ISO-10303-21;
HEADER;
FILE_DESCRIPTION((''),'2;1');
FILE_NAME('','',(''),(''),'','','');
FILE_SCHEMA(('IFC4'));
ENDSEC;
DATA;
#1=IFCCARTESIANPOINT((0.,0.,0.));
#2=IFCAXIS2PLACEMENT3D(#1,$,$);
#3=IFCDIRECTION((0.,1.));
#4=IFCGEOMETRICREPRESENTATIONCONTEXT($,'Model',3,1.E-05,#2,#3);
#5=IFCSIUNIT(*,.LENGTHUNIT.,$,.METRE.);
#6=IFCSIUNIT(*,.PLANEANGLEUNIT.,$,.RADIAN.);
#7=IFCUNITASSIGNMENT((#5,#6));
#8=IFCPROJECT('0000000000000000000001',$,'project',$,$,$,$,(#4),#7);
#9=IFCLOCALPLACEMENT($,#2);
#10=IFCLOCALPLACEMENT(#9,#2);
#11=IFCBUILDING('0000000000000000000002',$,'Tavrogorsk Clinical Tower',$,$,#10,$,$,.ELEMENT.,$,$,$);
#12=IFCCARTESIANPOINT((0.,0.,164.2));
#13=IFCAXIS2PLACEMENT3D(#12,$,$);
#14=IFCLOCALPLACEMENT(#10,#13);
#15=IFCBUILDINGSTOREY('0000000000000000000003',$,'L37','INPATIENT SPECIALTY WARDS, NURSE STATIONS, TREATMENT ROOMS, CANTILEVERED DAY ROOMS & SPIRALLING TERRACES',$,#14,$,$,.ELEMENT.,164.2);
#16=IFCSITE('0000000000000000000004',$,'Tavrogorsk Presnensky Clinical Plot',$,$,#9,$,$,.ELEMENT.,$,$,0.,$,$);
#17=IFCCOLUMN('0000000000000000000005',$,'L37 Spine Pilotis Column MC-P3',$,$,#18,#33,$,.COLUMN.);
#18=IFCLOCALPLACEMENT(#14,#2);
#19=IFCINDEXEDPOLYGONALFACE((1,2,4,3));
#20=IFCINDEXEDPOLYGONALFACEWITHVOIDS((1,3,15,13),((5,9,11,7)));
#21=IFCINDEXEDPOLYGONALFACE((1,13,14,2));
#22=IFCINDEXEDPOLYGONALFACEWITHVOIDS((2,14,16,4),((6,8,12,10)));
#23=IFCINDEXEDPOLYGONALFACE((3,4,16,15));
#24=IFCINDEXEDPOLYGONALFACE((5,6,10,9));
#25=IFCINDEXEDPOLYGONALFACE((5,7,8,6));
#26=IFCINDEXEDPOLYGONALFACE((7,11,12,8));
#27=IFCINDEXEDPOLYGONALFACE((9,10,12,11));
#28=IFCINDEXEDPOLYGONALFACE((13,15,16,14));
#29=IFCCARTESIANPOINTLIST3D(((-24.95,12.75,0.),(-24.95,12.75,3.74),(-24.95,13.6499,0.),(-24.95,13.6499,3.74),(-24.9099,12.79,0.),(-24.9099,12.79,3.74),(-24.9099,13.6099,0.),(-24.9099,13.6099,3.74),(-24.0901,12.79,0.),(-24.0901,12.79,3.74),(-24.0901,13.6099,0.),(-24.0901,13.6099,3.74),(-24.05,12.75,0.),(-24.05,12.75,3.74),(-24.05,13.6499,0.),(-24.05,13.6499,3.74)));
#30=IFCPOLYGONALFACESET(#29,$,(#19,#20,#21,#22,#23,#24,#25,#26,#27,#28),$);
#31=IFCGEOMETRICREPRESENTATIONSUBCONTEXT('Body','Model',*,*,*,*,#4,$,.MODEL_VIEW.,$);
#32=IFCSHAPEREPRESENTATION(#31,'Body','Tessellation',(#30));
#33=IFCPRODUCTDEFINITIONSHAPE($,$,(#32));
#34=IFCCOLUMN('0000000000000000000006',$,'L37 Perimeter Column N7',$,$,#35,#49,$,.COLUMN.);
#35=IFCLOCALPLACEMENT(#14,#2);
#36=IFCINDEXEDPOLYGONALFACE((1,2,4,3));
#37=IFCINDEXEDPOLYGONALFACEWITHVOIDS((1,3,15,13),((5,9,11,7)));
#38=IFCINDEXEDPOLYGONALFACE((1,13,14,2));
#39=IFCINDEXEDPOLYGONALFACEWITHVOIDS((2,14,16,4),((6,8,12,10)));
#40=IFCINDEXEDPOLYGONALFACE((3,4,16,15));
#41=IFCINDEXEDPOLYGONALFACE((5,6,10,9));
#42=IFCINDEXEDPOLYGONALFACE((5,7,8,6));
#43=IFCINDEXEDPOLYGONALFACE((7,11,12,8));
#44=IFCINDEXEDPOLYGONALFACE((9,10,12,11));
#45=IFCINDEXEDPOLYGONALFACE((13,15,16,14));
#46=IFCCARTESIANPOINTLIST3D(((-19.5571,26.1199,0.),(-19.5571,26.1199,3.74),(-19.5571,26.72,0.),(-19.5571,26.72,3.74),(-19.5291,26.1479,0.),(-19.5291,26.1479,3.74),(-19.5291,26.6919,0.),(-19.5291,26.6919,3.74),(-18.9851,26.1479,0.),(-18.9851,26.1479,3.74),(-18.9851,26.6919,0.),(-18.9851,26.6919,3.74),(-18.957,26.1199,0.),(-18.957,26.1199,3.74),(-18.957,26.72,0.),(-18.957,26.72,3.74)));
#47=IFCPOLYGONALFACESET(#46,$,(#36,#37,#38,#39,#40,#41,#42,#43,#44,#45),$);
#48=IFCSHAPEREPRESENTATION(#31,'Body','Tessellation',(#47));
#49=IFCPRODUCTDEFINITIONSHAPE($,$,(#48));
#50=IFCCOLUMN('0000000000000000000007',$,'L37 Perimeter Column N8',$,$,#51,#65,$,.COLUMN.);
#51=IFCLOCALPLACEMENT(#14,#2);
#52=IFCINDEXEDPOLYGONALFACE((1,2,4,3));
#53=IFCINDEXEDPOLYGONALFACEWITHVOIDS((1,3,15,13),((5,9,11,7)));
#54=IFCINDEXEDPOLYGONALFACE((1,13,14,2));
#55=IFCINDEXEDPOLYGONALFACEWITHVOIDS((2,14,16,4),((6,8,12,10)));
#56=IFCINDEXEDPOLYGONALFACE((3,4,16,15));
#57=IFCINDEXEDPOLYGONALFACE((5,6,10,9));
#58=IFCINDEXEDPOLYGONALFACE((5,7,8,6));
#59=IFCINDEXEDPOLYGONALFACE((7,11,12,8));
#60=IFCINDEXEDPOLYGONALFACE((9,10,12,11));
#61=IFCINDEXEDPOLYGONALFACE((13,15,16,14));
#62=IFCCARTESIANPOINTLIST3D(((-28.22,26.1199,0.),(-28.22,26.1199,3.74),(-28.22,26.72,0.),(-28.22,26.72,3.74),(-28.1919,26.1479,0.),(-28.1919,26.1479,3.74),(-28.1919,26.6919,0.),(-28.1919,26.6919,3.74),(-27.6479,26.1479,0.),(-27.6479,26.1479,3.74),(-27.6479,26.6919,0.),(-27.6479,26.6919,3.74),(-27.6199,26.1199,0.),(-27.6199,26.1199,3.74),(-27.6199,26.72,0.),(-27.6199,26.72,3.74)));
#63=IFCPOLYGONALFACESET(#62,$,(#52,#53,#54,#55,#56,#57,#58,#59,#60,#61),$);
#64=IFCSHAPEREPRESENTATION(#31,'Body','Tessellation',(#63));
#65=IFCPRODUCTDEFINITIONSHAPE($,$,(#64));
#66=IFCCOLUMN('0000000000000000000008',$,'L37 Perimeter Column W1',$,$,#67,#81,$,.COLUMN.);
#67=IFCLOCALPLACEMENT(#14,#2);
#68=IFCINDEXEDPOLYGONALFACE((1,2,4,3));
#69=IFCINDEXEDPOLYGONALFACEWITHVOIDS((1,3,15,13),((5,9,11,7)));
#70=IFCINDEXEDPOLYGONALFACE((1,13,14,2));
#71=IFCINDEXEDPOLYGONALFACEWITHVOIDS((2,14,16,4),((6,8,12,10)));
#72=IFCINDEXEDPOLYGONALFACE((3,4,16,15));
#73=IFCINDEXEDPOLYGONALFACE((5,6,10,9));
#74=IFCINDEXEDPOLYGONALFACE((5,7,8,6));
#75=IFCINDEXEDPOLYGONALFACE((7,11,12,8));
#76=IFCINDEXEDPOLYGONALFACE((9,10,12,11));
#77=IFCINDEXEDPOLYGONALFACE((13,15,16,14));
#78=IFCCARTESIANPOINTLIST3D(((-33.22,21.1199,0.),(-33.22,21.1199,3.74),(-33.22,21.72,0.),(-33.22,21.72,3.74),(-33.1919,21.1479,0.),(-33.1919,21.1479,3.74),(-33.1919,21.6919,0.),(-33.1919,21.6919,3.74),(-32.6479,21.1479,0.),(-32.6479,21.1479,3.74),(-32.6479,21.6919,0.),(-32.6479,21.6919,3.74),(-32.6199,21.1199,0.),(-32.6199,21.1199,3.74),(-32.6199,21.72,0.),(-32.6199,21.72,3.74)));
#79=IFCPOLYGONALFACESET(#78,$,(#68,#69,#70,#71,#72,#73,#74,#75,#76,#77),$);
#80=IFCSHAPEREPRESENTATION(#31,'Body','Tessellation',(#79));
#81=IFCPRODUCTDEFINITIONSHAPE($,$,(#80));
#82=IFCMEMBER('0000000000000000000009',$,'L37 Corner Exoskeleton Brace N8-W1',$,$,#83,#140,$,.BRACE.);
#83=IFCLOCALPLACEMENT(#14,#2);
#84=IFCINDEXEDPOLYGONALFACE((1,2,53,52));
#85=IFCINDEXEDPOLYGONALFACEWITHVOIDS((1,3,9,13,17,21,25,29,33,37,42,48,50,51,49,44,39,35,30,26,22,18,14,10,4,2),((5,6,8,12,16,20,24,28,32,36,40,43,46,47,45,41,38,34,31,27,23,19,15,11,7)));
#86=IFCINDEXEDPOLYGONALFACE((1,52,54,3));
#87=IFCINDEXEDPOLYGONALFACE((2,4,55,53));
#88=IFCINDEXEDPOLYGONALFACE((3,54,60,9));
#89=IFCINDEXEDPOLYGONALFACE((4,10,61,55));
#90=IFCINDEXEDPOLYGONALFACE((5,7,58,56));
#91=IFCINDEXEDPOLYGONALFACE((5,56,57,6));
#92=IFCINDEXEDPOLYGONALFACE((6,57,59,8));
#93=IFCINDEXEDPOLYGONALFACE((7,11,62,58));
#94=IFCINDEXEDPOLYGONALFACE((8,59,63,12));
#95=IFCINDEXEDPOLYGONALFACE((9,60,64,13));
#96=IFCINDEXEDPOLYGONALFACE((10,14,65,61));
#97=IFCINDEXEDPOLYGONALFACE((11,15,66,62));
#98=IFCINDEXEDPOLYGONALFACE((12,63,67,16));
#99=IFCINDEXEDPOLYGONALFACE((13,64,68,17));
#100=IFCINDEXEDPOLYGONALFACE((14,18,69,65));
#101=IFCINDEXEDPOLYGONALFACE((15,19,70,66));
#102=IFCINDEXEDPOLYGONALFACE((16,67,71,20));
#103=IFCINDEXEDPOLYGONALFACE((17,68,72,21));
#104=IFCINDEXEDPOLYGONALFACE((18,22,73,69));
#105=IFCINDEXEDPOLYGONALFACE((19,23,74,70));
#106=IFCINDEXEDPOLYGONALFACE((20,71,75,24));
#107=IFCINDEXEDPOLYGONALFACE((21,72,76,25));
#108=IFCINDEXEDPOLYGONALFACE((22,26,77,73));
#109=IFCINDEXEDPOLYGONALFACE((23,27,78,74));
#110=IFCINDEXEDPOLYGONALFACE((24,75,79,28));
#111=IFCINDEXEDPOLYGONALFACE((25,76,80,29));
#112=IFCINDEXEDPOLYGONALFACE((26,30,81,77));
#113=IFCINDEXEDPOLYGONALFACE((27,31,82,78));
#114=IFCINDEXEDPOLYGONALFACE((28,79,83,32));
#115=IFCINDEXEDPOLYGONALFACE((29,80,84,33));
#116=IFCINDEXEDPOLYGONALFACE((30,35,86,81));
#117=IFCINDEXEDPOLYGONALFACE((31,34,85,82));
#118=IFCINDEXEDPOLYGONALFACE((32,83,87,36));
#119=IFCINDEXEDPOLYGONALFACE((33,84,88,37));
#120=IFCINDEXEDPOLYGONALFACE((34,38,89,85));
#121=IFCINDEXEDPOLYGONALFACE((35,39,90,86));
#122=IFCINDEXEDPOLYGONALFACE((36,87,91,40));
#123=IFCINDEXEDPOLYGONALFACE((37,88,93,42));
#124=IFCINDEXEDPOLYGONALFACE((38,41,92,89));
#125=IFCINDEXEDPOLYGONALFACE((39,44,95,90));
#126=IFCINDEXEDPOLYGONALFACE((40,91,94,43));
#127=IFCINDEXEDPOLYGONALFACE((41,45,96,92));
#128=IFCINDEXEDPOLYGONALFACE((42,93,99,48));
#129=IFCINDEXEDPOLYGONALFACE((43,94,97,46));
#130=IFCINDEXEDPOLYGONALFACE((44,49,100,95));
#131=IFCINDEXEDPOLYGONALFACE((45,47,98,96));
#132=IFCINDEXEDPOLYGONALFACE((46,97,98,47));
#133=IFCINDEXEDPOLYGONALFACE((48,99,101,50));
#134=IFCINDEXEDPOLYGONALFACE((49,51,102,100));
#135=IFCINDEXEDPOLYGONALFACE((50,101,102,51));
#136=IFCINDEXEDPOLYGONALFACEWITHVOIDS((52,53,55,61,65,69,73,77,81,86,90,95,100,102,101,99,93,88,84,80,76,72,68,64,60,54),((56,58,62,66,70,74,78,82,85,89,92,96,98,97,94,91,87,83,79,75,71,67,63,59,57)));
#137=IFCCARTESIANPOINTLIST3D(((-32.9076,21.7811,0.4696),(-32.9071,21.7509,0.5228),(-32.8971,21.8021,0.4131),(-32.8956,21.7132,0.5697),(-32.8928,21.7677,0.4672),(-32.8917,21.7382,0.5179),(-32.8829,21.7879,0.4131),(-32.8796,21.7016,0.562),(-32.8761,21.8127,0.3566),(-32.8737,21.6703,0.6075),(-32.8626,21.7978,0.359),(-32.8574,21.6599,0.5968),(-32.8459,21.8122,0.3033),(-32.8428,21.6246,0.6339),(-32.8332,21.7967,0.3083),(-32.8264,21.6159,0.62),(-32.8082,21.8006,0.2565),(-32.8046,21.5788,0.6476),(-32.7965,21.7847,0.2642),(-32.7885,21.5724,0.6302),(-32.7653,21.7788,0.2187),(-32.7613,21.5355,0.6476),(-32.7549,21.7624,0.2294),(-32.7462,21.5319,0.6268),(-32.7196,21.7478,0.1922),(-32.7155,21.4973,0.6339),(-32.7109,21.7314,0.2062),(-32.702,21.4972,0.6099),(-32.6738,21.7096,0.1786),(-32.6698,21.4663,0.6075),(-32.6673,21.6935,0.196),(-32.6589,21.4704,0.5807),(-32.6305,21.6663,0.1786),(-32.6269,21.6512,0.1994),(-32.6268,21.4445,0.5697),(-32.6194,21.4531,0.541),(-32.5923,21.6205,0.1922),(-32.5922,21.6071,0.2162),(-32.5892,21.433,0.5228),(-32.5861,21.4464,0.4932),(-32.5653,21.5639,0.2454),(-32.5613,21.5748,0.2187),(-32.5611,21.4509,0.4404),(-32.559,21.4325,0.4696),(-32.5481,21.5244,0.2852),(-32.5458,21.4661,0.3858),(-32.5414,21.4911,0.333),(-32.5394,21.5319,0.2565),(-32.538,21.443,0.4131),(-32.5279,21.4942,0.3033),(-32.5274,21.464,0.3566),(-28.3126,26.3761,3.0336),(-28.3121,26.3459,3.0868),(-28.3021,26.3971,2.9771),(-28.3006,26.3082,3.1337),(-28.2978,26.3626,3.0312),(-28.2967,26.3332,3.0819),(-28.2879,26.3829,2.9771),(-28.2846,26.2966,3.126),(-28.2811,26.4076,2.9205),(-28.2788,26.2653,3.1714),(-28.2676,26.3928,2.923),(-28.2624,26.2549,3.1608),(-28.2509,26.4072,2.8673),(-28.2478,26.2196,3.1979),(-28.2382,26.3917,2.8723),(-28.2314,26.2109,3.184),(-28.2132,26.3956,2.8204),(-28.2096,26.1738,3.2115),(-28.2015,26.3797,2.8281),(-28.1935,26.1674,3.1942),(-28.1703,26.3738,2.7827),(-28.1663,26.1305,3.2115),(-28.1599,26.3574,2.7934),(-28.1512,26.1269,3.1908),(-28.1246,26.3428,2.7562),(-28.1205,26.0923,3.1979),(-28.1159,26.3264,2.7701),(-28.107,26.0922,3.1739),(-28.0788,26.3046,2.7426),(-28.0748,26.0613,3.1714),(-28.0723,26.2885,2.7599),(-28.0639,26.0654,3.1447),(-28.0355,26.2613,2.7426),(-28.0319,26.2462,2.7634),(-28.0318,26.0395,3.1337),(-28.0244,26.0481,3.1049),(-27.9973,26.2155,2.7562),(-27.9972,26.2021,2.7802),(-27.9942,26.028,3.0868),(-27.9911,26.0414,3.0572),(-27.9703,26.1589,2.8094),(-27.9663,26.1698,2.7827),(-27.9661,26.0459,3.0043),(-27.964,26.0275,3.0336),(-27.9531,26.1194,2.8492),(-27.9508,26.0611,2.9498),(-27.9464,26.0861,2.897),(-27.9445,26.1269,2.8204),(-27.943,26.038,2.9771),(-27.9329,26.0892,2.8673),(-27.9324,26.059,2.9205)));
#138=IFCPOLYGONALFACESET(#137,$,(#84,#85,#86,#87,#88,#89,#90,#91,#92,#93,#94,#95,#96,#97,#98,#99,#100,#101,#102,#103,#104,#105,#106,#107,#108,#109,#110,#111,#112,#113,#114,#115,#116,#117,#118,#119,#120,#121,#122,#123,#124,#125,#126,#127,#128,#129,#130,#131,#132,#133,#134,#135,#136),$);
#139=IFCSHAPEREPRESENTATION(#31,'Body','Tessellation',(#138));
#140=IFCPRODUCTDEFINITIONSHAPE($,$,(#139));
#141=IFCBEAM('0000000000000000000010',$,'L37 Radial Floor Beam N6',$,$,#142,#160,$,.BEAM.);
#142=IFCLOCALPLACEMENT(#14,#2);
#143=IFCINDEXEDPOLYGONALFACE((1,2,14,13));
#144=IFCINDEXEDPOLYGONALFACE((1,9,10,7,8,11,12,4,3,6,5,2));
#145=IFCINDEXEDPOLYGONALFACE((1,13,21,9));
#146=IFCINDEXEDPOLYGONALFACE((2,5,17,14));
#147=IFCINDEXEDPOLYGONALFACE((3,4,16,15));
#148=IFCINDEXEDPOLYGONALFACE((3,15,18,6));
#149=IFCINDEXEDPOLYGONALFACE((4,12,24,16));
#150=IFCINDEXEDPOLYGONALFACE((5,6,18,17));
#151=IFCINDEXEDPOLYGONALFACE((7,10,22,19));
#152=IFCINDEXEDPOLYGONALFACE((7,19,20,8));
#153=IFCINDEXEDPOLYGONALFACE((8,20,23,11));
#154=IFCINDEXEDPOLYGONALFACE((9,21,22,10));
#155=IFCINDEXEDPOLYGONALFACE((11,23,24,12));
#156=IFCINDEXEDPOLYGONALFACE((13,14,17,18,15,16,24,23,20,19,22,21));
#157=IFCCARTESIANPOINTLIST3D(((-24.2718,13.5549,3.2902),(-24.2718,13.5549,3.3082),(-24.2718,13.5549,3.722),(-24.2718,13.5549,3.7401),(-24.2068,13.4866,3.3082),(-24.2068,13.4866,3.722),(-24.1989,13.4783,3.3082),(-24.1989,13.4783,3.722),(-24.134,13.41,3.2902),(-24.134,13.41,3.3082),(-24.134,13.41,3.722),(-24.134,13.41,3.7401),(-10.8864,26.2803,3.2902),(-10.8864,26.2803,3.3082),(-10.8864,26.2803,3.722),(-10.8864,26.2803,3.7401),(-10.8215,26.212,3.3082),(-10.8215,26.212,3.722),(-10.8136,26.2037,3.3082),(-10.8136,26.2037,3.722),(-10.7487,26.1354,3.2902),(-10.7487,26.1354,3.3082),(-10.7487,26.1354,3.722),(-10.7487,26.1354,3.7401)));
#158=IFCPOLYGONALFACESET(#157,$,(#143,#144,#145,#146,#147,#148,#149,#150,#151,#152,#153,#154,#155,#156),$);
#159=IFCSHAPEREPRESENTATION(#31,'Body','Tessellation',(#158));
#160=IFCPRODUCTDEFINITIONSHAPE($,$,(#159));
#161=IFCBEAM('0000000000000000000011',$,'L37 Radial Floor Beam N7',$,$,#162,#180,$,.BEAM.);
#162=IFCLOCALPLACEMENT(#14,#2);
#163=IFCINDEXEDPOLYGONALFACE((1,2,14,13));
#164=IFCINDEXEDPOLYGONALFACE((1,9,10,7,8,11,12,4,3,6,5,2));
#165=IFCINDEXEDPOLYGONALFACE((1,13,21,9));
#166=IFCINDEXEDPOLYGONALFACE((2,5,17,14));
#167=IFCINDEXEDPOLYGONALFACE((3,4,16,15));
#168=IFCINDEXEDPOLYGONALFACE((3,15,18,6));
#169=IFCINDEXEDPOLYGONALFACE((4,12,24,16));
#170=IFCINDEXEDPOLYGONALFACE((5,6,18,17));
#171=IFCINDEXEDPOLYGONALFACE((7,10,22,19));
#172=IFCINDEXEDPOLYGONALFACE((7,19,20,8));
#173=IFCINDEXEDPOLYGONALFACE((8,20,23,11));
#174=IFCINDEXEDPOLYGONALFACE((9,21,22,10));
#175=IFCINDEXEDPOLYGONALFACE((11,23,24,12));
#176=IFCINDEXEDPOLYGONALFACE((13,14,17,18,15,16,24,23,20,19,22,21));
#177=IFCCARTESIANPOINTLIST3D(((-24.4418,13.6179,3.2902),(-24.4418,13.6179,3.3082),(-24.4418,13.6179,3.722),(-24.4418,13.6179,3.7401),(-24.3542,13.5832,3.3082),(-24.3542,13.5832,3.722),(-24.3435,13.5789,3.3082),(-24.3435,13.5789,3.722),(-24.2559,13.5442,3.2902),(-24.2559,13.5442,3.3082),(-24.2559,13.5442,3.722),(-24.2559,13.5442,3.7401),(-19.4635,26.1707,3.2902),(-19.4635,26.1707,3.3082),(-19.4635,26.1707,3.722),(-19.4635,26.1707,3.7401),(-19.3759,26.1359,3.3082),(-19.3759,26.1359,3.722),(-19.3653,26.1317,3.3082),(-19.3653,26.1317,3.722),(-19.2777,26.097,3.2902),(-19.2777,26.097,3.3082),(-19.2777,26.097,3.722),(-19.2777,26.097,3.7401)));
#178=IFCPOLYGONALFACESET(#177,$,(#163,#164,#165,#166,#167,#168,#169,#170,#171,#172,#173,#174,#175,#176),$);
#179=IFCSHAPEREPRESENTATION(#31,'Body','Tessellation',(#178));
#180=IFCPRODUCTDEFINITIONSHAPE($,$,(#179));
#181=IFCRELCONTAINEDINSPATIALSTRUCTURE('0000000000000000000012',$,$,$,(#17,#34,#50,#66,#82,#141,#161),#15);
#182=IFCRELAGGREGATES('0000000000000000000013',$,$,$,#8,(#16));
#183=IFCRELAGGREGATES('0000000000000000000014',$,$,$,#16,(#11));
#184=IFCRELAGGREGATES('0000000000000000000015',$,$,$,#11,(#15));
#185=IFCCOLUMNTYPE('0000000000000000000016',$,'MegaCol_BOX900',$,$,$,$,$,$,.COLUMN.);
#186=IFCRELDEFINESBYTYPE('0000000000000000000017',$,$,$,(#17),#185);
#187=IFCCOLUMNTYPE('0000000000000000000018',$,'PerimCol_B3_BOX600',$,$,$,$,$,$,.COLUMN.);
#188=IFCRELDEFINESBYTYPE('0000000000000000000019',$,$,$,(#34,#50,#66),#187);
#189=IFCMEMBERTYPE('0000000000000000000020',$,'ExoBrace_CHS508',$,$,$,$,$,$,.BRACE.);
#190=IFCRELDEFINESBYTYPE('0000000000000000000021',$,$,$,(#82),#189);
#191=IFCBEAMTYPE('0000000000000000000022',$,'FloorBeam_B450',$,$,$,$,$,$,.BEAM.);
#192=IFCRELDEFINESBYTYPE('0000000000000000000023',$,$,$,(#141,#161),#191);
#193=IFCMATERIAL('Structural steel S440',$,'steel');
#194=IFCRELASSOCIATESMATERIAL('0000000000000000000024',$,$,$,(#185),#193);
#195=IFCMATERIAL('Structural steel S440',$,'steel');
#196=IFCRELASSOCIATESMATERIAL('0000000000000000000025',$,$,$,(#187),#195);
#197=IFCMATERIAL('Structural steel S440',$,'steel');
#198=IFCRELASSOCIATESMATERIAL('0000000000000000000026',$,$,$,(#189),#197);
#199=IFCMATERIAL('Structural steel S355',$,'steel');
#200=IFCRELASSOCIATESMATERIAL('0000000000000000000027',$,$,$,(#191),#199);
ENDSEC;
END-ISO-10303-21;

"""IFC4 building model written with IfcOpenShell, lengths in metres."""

from ifc_helpers import new_model, si_unit, direction, frame, origin, origin_2d, place, context, subcontext, project, spatial, hollow_rectangle, hollow_circle, i_section, extrude, material, material_profile, profile_set, type_object, element, save


model = new_model("IFC4")

# Units and contexts
model_context = context("Model", 3, precision=1e-05, world=origin(), true_north=direction((0.0, 1.0)))
body_context = subcontext(model_context, "Body", "Model", "MODEL_VIEW")
ifc_project = project(units=[si_unit("LENGTHUNIT", "METRE"), si_unit("PLANEANGLEUNIT", "RADIAN")], contexts=[model_context])

# Site, building, storey
site_placement = place(None, origin())
site = spatial("IfcSite", under=ifc_project, at=site_placement, Name="Tavrogorsk Presnensky Clinical Plot", CompositionType="ELEMENT", RefElevation=0.0)
building_placement = place(site_placement, origin())
building = spatial("IfcBuilding", under=site, at=building_placement, Name="Tavrogorsk Clinical Tower", CompositionType="ELEMENT")
storey_placement = place(building_placement, frame((0.0, 0.0, 164.2)))
storey = spatial("IfcBuildingStorey", under=building, at=storey_placement, Name="L37", Description="INPATIENT SPECIALTY WARDS, NURSE STATIONS, TREATMENT ROOMS, CANTILEVERED DAY ROOMS & SPIRALLING TERRACES", CompositionType="ELEMENT", Elevation=164.2)

# Columns
ifc_material_1 = material(Name="Structural steel S440", Category="steel")
ifc_material_profile_1 = material_profile(ifc_material_1, hollow_rectangle(XDim=0.8999, YDim=0.8999, WallThickness=0.04, at=origin_2d()), Name="BOX-900x900x40")
ifc_profile_set_1 = profile_set([ifc_material_profile_1], Name="Structural steel S440")
column_type_1 = type_object("IfcColumnType", Name="MegaCol_BOX900", PredefinedType="COLUMN", material=ifc_profile_set_1)
column_placement = place(storey_placement, frame((-24.5, 13.2, 0.0), z_axis=(0.0, 0.0, 1.0), x_axis=(1.0, 0.0, 0.0)))
element("IfcColumn", 1, at=column_placement, inside=storey, type_object=column_type_1, Name="L37 Spine Pilotis Column MC-P3", PredefinedType="COLUMN", context=body_context, shape_type="SweptSolid", body=[
    extrude(hollow_rectangle(XDim=0.8999, YDim=0.8999, WallThickness=0.04, at=origin_2d()), origin(), (0.0, 0.0, 1.0), 3.74),
])
ifc_material_2 = material(Name="Structural steel S440", Category="steel")
ifc_material_profile_2 = material_profile(ifc_material_2, hollow_rectangle(XDim=0.6001, YDim=0.6001, WallThickness=0.0281, at=origin_2d()), Name="BOX-600x600x28")
ifc_profile_set_2 = profile_set([ifc_material_profile_2], Name="Structural steel S440")
column_type_2 = type_object("IfcColumnType", Name="PerimCol_B3_BOX600", PredefinedType="COLUMN", material=ifc_profile_set_2)
for number, where, z_axis, x_axis, name in (
    (2, (-19.2571, 26.4199, 0.0), (0.0, 0.0, 1.0), (1.0, 0.0, 0.0), "L37 Perimeter Column N7"),
    (3, (-27.9199, 26.4199, 0.0), (0.0, 0.0, 1.0), (1.0, 0.0, 0.0), "L37 Perimeter Column N8"),
    (4, (-32.9199, 21.4199, 0.0), (0.0, 0.0, 1.0), (1.0, 0.0, 0.0), "L37 Perimeter Column W1"),
):
    element("IfcColumn", number, at=place(storey_placement, frame(where, z_axis=z_axis, x_axis=x_axis)), inside=storey, type_object=column_type_2, Name=name, PredefinedType="COLUMN", context=body_context, shape_type="SweptSolid", body=[
        extrude(hollow_rectangle(XDim=0.6001, YDim=0.6001, WallThickness=0.0281, at=origin_2d()), origin(), (0.0, 0.0, 1.0), 3.74),
    ])

# Member
ifc_material_3 = material(Name="Structural steel S440", Category="steel")
ifc_material_profile_3 = material_profile(ifc_material_3, hollow_circle(Radius=0.2539, WallThickness=0.02, at=origin_2d()), Name="CHS-508x20")
ifc_profile_set_3 = profile_set([ifc_material_profile_3], Name="Structural steel S440")
member_type = type_object("IfcMemberType", Name="ExoBrace_CHS508", PredefinedType="BRACE", material=ifc_profile_set_3)
member_placement = place(storey_placement, frame((-32.7175, 21.6226, 0.4131), z_axis=(0.657759, 0.657759, 0.367025), x_axis=(-0.707107, 0.707107, 0.0)))
element("IfcMember", 5, at=member_placement, inside=storey, type_object=member_type, Name="L37 Corner Exoskeleton Brace N8-W1", PredefinedType="BRACE", context=body_context, shape_type="SweptSolid", body=[
    extrude(hollow_circle(Radius=0.2539, WallThickness=0.02, at=origin_2d()), origin(), (0.0, 0.0, 1.0), 6.9858),
])

# Beams
ifc_material_4 = material(Name="Structural steel S355", Category="steel")
ifc_material_profile_4 = material_profile(ifc_material_4, i_section(OverallWidth=0.2, OverallDepth=0.45, WebThickness=0.0115, FlangeThickness=0.0181, at=origin_2d()), Name="B-450x200x11.5x18")
ifc_profile_set_4 = profile_set([ifc_material_profile_4], Name="Structural steel S355")
beam_type_1 = type_object("IfcBeamType", Name="FloorBeam_B450", PredefinedType="BEAM", material=ifc_profile_set_4)
beam_1_placement = place(storey_placement, frame((-24.2029, 13.4824, 3.5151), z_axis=(0.724747, 0.689016, 0.0), x_axis=(-0.689016, 0.724747, 0.0)))
element("IfcBeam", 6, at=beam_1_placement, inside=storey, type_object=beam_type_1, Name="L37 Radial Floor Beam N6", PredefinedType="BEAM", context=body_context, shape_type="SweptSolid", body=[
    extrude(i_section(OverallWidth=0.2, OverallDepth=0.45, WebThickness=0.0115, FlangeThickness=0.0181, at=origin_2d()), origin(), (0.0, 0.0, 1.0), 18.469),
])
beam_2_placement = place(storey_placement, frame((-24.3489, 13.5811, 3.5151), z_axis=(0.368655, 0.929566, 0.0), x_axis=(-0.929566, 0.368655, 0.0)))
element("IfcBeam", 7, at=beam_2_placement, inside=storey, type_object=beam_type_1, Name="L37 Radial Floor Beam N7", PredefinedType="BEAM", context=body_context, shape_type="SweptSolid", body=[
    extrude(i_section(OverallWidth=0.2, OverallDepth=0.45, WebThickness=0.0115, FlangeThickness=0.0181, at=origin_2d()), origin(), (0.0, 0.0, 1.0), 13.5039),
])

save(model, "model.ifc")
